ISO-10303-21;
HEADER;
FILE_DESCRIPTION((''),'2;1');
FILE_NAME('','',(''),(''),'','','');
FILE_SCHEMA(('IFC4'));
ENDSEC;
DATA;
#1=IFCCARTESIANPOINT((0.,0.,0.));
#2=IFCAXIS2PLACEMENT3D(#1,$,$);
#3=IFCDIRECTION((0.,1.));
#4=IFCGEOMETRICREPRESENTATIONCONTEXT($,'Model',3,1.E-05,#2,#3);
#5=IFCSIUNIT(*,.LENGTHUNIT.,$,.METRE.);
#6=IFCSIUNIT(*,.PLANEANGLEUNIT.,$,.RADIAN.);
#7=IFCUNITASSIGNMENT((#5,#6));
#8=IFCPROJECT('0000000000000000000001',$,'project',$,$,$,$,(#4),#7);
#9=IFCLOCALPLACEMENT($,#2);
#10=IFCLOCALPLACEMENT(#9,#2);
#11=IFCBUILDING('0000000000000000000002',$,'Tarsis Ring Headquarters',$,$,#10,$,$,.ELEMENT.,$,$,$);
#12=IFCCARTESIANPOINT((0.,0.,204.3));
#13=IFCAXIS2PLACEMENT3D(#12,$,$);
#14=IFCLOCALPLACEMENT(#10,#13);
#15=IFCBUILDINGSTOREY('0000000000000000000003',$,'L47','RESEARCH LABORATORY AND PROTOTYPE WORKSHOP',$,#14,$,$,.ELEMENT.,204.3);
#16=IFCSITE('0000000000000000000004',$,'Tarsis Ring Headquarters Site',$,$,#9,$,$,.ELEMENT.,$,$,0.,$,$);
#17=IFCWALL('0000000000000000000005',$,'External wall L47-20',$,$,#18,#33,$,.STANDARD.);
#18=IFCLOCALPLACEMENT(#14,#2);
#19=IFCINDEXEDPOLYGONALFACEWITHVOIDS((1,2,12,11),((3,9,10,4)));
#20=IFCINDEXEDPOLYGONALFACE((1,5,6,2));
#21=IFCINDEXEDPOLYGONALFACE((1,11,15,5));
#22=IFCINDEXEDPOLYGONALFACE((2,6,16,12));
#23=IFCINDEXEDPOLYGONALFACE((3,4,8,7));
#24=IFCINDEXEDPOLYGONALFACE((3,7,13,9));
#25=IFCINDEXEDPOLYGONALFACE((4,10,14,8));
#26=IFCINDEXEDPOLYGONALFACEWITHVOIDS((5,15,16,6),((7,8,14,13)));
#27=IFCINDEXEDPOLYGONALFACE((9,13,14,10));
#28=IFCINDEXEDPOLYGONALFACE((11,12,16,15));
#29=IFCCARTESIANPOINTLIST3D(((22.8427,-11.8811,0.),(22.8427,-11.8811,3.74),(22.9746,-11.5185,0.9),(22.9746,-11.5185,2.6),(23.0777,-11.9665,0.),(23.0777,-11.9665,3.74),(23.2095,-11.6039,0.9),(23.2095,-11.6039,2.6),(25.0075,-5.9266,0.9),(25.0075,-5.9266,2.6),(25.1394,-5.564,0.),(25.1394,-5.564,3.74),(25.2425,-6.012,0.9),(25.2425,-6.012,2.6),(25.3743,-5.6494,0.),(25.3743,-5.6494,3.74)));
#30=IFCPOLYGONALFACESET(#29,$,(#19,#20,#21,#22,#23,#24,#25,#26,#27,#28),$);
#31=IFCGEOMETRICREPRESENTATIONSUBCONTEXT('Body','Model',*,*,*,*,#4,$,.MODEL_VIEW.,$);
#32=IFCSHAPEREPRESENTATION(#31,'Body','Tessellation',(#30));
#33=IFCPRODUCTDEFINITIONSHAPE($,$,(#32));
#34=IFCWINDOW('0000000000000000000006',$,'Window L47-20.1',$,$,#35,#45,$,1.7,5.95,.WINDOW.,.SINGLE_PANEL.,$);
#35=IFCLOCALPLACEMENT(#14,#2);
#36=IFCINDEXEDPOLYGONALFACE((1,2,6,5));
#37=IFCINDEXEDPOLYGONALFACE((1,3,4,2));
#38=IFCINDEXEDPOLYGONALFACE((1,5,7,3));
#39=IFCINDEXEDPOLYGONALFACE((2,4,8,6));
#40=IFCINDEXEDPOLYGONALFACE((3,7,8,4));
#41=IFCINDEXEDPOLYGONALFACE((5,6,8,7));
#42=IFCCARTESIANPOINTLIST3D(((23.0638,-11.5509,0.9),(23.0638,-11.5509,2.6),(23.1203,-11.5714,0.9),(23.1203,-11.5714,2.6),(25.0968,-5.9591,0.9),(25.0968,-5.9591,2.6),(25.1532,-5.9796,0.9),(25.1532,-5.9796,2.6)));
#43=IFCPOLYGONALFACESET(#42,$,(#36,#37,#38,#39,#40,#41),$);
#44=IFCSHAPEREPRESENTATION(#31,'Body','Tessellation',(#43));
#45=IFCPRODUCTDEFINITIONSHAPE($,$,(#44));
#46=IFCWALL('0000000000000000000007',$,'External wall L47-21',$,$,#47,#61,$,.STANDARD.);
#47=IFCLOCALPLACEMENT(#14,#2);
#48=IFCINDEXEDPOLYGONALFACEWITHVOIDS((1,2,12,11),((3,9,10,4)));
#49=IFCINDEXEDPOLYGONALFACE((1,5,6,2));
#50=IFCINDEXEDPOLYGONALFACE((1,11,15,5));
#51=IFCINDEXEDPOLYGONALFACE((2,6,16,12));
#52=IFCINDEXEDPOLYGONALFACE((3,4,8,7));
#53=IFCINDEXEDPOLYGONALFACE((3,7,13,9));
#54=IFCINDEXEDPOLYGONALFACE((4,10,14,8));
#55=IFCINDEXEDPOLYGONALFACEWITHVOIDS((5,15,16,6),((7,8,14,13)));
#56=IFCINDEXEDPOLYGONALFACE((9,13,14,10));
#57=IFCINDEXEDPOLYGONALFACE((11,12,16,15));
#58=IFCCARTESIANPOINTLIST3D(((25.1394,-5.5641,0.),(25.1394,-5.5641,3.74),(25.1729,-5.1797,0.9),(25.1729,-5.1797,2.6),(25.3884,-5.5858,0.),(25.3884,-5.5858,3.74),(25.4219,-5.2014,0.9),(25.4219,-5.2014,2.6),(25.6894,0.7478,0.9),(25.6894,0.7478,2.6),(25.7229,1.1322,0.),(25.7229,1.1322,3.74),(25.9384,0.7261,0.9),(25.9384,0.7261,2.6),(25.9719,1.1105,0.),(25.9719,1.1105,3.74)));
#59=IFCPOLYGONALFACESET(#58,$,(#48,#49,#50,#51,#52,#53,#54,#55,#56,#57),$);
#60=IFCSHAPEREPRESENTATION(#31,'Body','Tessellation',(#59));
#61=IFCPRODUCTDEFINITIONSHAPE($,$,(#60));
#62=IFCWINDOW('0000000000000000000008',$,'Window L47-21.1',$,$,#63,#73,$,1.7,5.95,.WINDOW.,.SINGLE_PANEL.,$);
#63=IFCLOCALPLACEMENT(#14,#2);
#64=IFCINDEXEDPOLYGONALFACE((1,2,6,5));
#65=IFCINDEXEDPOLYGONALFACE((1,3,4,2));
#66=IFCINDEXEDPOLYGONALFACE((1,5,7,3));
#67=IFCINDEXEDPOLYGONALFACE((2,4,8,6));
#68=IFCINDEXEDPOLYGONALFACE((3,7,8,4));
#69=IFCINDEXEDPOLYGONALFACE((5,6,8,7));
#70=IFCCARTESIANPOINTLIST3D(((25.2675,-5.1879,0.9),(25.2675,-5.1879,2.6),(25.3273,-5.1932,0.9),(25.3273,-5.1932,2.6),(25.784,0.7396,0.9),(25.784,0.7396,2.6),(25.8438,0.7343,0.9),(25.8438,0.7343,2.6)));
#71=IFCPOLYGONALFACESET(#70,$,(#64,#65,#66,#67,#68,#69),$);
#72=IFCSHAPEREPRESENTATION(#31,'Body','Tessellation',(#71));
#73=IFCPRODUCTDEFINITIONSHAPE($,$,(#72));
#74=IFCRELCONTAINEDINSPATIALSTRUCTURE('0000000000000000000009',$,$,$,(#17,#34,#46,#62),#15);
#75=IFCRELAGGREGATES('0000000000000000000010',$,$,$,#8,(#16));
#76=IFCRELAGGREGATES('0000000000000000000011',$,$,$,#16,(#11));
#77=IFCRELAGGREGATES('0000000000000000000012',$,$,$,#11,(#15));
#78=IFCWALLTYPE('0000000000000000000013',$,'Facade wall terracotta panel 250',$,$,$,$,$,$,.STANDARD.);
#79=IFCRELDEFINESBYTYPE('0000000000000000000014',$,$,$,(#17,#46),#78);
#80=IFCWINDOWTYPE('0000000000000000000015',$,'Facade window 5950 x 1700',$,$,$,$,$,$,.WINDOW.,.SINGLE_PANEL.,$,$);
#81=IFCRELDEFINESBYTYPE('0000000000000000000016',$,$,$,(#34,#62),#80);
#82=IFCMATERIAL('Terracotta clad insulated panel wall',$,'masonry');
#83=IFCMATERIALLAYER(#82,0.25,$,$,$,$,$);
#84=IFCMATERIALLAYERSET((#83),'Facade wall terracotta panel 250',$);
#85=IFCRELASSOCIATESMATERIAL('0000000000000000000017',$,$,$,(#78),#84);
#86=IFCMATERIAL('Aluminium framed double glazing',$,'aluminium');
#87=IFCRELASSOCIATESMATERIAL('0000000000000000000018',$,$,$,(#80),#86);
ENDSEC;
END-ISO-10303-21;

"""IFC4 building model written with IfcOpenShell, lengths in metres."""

from ifc_helpers import new_model, si_unit, direction, frame, frame_2d, origin, place, context, subcontext, project, spatial, rectangle, extrude, material, layer, layer_set, type_object, element, fill, save


model = new_model("IFC4")

# Units and contexts
model_context = context("Model", 3, precision=1e-05, world=origin(), true_north=direction((0.0, 1.0)))
body_context = subcontext(model_context, "Body", "Model", "MODEL_VIEW")
ifc_project = project(units=[si_unit("LENGTHUNIT", "METRE"), si_unit("PLANEANGLEUNIT", "RADIAN")], contexts=[model_context])

# Site, building, storey
site_placement = place(None, origin())
site = spatial("IfcSite", under=ifc_project, at=site_placement, Name="Tarsis Ring Headquarters Site", CompositionType="ELEMENT", RefElevation=0.0)
building_placement = place(site_placement, origin())
building = spatial("IfcBuilding", under=site, at=building_placement, Name="Tarsis Ring Headquarters", CompositionType="ELEMENT")
storey_placement = place(building_placement, frame((0.0, 0.0, 204.3)))
storey = spatial("IfcBuildingStorey", under=building, at=storey_placement, Name="L47", Description="RESEARCH LABORATORY AND PROTOTYPE WORKSHOP", CompositionType="ELEMENT", Elevation=204.3)

# Walls, openings, windows
ifc_material_1 = material(Name="Terracotta clad insulated panel wall", Category="masonry")
ifc_layer_1 = layer(ifc_material_1, 0.25)
ifc_layer_set_1 = layer_set([ifc_layer_1], Name="Facade wall terracotta panel 250")
wall_type_1 = type_object("IfcWallType", Name="Facade wall terracotta panel 250", PredefinedType="STANDARD", material=ifc_layer_set_1)
ifc_material_2 = material(Name="Aluminium framed double glazing", Category="aluminium")
window_type = type_object("IfcWindowType", Name="Facade window 5950 x 1700", PartitioningType="SINGLE_PANEL", PredefinedType="WINDOW", material=ifc_material_2)
wall_1_placement = place(storey_placement, frame((22.9602, -11.9238, 0.0), z_axis=(0.0, 0.0, 1.0), x_axis=(0.341676, 0.939818, 0.0)))
wall_1 = element("IfcWall", 1, at=wall_1_placement, inside=storey, type_object=wall_type_1, Name="External wall L47-20", PredefinedType="STANDARD", context=body_context, shape_type="SweptSolid", body=[
    extrude(rectangle(XDim=6.7217, YDim=0.25, at=frame_2d((3.3608, 0.0))), origin(), (0.0, 0.0, 1.0), 3.74),
])
opening_1_placement = place(wall_1_placement, frame((0.3857, 0.0, 0.8999)))
opening_1 = element("IfcOpeningElement", 2, at=opening_1_placement, cuts=wall_1, PredefinedType="OPENING", context=body_context, shape_type="SweptSolid", body=[
    extrude(rectangle(XDim=5.95, YDim=1.7, at=frame_2d((2.9751, 0.8501))), frame((0.0, 0.135, 0.0), z_axis=(0.0, -1.0, 0.0), x_axis=(1.0, 0.0, 0.0)), (0.0, 0.0, 1.0), 0.27),
])
window_1_placement = place(opening_1_placement, origin())
window_1 = element("IfcWindow", 3, at=window_1_placement, inside=storey, type_object=window_type, Name="Window L47-20.1", OverallHeight=1.7, OverallWidth=5.95, PartitioningType="SINGLE_PANEL", PredefinedType="WINDOW", context=body_context, shape_type="SweptSolid", body=[
    extrude(rectangle(XDim=5.95, YDim=1.7, at=frame_2d((2.9751, 0.8501))), frame((0.0, 0.03, 0.0), z_axis=(0.0, -1.0, 0.0), x_axis=(1.0, 0.0, 0.0)), (0.0, 0.0, 1.0), 0.0601),
])
fill(opening_1, window_1)
wall_2_placement = place(storey_placement, frame((25.2639, -5.575, 0.0), z_axis=(0.0, 0.0, 1.0), x_axis=(0.086808, 0.996225, 0.0)))
wall_2 = element("IfcWall", 4, at=wall_2_placement, inside=storey, type_object=wall_type_1, Name="External wall L47-21", PredefinedType="STANDARD", context=body_context, shape_type="SweptSolid", body=[
    extrude(rectangle(XDim=6.7217, YDim=0.25, at=frame_2d((3.3608, 0.0))), origin(), (0.0, 0.0, 1.0), 3.74),
])
opening_2_placement = place(wall_2_placement, frame((0.3857, 0.0, 0.8999)))
opening_2 = element("IfcOpeningElement", 5, at=opening_2_placement, cuts=wall_2, PredefinedType="OPENING", context=body_context, shape_type="SweptSolid", body=[
    extrude(rectangle(XDim=5.95, YDim=1.7, at=frame_2d((2.9751, 0.8501))), frame((0.0, 0.135, 0.0), z_axis=(0.0, -1.0, 0.0), x_axis=(1.0, 0.0, 0.0)), (0.0, 0.0, 1.0), 0.27),
])
window_2_placement = place(opening_2_placement, origin())
window_2 = element("IfcWindow", 6, at=window_2_placement, inside=storey, type_object=window_type, Name="Window L47-21.1", OverallHeight=1.7, OverallWidth=5.95, PartitioningType="SINGLE_PANEL", PredefinedType="WINDOW", context=body_context, shape_type="SweptSolid", body=[
    extrude(rectangle(XDim=5.95, YDim=1.7, at=frame_2d((2.9751, 0.8501))), frame((0.0, 0.03, 0.0), z_axis=(0.0, -1.0, 0.0), x_axis=(1.0, 0.0, 0.0)), (0.0, 0.0, 1.0), 0.0601),
])
fill(opening_2, window_2)

save(model, "model.ifc")
